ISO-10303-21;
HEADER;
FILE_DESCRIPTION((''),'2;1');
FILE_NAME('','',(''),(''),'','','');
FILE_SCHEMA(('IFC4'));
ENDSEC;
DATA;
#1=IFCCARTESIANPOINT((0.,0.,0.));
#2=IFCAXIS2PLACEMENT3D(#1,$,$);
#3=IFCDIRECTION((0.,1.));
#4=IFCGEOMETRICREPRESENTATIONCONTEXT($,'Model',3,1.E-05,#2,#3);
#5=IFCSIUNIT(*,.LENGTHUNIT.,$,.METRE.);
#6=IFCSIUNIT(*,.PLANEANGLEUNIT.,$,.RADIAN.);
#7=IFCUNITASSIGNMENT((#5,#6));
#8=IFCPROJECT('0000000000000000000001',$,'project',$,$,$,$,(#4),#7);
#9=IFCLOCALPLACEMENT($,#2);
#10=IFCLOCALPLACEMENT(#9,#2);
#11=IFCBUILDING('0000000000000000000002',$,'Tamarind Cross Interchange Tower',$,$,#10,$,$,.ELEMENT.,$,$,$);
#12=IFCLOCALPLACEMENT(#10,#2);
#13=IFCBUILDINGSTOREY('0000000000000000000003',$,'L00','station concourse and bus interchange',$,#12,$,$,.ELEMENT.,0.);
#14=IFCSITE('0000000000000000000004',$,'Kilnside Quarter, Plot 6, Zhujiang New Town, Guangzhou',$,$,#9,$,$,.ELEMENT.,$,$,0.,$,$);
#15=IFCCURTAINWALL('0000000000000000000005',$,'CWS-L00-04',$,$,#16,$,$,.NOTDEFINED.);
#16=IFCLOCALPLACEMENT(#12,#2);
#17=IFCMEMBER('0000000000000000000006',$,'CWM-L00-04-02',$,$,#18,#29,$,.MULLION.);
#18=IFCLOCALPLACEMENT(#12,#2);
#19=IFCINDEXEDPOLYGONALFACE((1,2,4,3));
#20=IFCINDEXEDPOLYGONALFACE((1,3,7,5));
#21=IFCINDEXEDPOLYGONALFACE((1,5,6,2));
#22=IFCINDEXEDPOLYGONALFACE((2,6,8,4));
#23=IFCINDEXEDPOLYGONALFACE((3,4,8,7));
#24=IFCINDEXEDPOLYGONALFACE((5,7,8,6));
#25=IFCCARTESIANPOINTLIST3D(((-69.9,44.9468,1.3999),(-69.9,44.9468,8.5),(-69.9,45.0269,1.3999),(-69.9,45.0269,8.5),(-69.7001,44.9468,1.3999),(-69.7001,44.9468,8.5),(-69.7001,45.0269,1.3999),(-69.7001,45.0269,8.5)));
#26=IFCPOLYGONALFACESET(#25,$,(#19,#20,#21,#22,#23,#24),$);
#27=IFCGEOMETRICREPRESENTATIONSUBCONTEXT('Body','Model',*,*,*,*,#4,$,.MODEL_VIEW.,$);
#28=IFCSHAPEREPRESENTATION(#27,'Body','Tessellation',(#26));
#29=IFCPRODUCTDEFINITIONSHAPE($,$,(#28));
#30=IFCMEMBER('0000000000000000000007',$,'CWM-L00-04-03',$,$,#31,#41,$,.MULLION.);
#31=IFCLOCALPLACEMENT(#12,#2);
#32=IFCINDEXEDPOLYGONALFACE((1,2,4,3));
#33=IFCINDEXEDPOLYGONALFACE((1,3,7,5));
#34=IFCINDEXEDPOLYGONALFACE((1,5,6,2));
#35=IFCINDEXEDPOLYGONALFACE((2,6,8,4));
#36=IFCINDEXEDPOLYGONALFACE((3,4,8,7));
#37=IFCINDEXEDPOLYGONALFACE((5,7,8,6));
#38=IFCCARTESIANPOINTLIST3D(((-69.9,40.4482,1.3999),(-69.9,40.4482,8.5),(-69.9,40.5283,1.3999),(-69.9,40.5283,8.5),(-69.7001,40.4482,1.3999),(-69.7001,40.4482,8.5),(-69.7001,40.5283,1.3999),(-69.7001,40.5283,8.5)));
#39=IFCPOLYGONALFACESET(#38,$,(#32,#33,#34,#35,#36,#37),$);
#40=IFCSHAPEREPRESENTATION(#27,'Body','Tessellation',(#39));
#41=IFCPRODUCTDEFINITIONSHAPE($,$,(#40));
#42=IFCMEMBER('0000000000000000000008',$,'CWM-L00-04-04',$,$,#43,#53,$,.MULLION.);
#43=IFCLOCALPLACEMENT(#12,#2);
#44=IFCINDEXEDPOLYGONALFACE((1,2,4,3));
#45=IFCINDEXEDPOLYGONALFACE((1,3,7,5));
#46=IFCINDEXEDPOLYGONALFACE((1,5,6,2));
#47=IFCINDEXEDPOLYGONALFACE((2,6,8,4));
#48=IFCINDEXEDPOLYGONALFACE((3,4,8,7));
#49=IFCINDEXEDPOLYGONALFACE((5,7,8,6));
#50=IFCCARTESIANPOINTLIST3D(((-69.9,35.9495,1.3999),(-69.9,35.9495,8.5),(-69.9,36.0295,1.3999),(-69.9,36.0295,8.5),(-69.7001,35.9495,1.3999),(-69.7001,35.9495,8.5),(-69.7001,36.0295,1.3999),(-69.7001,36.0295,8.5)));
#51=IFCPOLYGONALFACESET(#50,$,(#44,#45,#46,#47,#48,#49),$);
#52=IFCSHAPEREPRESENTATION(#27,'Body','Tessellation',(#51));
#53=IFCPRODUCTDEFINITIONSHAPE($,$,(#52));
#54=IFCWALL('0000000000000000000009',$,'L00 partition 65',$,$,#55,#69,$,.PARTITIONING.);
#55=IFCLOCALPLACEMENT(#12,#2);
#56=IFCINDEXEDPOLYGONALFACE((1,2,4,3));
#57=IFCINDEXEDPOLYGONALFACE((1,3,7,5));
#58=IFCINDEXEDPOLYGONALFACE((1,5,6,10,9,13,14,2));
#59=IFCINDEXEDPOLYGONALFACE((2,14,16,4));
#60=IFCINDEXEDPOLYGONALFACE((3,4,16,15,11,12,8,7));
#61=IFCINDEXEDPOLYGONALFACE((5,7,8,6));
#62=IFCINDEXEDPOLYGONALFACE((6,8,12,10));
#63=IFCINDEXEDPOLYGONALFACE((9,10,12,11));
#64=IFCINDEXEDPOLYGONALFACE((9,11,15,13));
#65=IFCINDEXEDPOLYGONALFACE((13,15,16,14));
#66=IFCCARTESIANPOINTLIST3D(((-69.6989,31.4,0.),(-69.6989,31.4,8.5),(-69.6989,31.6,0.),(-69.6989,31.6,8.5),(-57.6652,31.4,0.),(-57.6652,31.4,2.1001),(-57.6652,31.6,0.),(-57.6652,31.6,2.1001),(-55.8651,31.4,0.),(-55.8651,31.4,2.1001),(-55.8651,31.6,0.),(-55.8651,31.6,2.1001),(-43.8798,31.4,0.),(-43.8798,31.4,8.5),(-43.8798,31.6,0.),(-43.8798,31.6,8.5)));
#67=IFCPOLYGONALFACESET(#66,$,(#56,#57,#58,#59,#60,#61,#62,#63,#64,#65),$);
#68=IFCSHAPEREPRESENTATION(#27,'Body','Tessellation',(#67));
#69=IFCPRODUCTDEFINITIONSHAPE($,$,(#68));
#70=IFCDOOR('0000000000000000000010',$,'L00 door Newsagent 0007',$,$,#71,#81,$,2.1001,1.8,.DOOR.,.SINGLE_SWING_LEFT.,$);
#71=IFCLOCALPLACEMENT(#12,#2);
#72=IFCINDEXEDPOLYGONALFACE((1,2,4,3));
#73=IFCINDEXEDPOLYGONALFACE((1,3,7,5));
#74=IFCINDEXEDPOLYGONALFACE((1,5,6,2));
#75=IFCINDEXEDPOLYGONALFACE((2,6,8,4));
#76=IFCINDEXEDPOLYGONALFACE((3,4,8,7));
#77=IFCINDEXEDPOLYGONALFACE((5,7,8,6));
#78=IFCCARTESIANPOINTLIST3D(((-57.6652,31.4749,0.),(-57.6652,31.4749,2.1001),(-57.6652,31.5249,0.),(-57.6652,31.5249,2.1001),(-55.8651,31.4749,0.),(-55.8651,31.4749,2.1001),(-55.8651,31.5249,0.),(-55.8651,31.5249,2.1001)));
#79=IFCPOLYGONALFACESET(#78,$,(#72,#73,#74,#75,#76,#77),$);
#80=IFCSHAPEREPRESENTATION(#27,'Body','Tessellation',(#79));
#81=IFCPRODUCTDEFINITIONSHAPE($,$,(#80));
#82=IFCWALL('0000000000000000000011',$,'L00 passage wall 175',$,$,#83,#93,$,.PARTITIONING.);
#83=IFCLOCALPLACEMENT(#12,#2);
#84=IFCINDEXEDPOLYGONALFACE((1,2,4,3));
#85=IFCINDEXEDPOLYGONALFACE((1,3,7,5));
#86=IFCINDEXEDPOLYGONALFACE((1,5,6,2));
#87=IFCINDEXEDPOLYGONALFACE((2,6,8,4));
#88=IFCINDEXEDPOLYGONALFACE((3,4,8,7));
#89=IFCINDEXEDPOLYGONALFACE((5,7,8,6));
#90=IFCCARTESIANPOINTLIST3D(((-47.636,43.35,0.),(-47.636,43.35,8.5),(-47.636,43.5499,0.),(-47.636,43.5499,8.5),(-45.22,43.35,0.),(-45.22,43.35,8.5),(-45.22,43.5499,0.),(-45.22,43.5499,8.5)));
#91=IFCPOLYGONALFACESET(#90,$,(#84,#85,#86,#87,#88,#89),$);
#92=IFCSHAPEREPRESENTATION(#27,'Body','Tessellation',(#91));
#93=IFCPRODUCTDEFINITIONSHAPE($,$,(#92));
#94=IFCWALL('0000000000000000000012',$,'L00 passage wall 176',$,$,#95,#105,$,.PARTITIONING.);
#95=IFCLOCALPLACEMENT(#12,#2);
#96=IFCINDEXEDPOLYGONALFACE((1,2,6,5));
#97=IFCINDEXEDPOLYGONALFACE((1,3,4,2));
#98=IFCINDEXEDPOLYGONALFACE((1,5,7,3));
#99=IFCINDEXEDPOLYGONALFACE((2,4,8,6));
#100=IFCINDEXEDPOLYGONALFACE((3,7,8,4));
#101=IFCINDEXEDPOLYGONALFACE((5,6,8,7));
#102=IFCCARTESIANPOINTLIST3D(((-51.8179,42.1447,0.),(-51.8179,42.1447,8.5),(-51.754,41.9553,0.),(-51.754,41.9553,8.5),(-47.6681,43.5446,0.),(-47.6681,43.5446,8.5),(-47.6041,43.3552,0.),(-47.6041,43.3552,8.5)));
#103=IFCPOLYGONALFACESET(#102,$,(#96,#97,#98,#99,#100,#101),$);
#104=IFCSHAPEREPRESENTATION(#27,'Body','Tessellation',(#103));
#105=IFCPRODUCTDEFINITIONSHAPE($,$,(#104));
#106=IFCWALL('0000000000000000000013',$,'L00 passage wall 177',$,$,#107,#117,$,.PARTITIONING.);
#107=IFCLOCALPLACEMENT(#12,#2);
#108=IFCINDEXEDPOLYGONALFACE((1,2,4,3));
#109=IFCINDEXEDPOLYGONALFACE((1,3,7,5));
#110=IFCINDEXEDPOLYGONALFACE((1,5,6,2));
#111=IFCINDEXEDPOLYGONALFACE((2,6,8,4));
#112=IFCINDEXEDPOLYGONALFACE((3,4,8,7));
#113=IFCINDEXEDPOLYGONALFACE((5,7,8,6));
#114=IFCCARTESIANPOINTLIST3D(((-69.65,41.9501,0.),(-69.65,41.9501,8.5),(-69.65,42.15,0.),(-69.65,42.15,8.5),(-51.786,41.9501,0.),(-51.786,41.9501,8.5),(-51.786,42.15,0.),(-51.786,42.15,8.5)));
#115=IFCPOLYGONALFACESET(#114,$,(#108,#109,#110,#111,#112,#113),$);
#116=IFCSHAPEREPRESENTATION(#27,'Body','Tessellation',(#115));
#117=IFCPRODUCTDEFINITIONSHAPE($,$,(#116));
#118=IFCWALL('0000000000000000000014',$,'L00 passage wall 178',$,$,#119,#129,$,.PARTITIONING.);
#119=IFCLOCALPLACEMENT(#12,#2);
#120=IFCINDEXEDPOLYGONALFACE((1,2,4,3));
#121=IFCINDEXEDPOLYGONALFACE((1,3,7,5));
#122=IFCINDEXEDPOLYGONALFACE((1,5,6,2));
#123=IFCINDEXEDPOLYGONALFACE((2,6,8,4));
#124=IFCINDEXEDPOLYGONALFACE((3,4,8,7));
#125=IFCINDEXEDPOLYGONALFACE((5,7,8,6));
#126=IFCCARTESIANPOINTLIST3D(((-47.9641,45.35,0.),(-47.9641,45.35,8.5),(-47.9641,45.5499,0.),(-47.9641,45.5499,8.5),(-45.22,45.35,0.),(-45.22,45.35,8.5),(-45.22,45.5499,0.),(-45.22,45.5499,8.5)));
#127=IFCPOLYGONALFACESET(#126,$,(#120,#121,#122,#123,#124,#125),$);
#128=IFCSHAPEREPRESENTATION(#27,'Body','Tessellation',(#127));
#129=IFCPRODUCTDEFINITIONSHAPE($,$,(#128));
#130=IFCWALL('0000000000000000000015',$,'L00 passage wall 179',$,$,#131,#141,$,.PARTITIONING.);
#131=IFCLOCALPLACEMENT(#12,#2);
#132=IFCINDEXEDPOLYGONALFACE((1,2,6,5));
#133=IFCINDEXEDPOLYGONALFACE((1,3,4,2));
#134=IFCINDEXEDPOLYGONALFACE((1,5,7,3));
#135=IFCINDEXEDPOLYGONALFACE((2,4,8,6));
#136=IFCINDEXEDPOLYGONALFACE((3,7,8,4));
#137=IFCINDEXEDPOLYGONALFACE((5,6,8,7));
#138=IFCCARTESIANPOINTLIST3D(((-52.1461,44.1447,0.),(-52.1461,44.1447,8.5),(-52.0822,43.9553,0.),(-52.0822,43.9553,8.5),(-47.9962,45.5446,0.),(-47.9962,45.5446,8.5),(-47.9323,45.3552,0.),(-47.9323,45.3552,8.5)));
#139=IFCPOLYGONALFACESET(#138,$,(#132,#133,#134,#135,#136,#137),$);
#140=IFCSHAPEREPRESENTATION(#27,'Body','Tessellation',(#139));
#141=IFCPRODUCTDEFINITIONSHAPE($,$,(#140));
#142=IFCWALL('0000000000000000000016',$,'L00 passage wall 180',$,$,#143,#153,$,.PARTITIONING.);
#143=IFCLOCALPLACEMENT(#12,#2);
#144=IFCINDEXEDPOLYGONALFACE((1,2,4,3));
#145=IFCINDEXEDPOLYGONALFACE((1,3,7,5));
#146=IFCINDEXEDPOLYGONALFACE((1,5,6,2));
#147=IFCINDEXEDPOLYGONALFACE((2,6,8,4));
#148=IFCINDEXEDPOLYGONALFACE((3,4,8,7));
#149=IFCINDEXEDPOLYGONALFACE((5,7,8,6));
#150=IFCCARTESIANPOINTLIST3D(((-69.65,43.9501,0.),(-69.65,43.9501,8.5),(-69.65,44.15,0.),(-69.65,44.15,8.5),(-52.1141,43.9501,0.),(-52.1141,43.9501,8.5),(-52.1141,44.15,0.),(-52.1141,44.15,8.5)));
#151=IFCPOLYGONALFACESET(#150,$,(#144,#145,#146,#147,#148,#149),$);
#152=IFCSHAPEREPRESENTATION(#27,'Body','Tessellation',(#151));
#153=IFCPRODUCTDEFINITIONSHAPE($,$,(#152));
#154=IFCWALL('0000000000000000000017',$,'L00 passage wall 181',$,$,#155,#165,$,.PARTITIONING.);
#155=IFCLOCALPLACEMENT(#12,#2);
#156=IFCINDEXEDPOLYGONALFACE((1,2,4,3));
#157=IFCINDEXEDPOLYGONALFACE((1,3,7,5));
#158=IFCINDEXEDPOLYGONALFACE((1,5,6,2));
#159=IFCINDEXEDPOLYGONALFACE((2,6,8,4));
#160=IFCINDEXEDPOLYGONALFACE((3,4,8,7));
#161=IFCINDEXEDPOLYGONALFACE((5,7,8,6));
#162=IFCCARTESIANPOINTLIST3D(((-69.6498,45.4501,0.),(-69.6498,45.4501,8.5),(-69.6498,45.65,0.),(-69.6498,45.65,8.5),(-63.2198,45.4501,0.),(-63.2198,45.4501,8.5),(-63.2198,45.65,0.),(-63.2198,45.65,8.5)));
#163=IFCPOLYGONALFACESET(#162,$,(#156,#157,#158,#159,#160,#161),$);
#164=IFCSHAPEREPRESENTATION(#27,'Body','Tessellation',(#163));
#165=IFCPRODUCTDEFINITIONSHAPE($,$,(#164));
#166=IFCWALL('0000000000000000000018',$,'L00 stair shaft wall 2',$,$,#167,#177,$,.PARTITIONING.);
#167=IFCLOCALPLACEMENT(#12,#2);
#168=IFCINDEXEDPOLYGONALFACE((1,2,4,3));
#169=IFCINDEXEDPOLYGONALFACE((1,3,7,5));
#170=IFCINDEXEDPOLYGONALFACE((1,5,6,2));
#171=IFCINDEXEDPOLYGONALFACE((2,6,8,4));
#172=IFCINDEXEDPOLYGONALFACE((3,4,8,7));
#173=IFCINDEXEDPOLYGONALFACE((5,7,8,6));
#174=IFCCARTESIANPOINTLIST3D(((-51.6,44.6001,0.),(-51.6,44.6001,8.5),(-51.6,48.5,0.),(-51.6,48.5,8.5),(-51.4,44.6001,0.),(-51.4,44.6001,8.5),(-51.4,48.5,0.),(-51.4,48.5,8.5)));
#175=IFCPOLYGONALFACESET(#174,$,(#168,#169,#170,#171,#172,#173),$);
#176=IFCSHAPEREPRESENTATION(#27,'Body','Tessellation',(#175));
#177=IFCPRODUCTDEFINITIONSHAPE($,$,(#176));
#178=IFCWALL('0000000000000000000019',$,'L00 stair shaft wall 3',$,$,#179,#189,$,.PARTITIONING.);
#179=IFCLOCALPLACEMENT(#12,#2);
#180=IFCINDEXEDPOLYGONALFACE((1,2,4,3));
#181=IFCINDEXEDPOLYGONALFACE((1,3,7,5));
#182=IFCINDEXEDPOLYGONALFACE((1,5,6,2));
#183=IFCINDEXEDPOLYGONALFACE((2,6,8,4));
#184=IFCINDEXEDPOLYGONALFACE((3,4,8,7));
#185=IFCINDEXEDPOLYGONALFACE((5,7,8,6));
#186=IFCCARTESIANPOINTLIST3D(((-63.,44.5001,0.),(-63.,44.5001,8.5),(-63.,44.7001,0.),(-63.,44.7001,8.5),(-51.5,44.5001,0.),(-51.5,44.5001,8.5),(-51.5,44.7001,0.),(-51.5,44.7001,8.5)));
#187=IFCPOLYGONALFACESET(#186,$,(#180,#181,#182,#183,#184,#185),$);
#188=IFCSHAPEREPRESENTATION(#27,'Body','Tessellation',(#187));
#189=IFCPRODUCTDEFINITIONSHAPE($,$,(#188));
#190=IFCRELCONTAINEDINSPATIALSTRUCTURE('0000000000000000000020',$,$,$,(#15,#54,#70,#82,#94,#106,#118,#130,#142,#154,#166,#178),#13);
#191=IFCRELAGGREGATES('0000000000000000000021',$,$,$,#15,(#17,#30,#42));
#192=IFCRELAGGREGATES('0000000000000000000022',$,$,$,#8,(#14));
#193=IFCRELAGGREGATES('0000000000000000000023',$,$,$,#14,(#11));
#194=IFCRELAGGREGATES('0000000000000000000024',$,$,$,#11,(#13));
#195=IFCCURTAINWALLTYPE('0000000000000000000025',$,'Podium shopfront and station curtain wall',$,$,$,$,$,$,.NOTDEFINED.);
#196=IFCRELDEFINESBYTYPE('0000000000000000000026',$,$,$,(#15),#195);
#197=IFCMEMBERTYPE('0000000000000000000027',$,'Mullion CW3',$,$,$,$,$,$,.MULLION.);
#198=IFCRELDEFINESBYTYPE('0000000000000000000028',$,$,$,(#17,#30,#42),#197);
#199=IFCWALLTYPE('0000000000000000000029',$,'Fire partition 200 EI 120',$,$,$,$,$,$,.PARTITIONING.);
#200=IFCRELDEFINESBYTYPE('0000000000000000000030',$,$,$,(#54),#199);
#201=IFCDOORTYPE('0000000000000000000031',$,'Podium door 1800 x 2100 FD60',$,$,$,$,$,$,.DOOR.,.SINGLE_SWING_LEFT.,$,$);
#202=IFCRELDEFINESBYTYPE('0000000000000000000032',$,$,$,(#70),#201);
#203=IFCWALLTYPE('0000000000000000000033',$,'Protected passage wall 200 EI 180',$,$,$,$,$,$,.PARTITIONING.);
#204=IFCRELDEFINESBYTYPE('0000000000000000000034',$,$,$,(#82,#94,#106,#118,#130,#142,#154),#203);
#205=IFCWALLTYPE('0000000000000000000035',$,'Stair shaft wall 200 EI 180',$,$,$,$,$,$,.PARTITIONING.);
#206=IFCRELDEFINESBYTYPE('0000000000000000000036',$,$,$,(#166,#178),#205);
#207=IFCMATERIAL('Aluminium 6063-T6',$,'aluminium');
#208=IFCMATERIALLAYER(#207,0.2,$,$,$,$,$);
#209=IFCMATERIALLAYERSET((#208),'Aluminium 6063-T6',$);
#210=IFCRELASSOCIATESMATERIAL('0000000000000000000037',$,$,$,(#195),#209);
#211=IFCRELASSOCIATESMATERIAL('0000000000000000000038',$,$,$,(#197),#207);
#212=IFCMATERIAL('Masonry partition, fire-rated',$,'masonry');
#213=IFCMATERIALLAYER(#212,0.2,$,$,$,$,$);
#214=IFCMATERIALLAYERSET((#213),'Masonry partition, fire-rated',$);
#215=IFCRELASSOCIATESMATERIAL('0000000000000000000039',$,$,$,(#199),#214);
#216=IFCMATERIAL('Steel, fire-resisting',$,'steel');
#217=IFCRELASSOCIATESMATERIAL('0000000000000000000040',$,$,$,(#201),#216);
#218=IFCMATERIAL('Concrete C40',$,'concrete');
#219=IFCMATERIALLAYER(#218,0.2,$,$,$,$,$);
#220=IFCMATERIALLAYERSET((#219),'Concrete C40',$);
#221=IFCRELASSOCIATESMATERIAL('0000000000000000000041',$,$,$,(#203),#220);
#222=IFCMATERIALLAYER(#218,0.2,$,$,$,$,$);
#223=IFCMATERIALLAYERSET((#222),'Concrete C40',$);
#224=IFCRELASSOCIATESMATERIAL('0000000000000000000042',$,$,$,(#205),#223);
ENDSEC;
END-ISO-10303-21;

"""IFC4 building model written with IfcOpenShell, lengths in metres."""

from ifc_helpers import new_model, si_unit, direction, frame, frame_2d, origin, origin_2d, place, context, subcontext, project, spatial, rectangle, extrude, material, layer, layer_set, material_profile, profile_set, type_object, element, fill, aggregate, save


model = new_model("IFC4")

# Units and contexts
model_context = context("Model", 3, precision=1e-05, world=origin(), true_north=direction((0.0, 1.0)))
body_context = subcontext(model_context, "Body", "Model", "MODEL_VIEW")
ifc_project = project(units=[si_unit("LENGTHUNIT", "METRE"), si_unit("PLANEANGLEUNIT", "RADIAN")], contexts=[model_context])

# Site, building, storey
site_placement = place(None, origin())
site = spatial("IfcSite", under=ifc_project, at=site_placement, Name="Kilnside Quarter, Plot 6, Zhujiang New Town, Guangzhou", CompositionType="ELEMENT", RefElevation=0.0)
building_placement = place(site_placement, origin())
building = spatial("IfcBuilding", under=site, at=building_placement, Name="Tamarind Cross Interchange Tower", CompositionType="ELEMENT")
storey_placement = place(building_placement, origin())
storey = spatial("IfcBuildingStorey", under=building, at=storey_placement, Name="L00", Description="station concourse and bus interchange", CompositionType="ELEMENT", Elevation=0.0)

# Curtain wall, members
ifc_material_1 = material(Name="Aluminium 6063-T6", Category="aluminium")
ifc_layer_1 = layer(ifc_material_1, 0.2)
ifc_layer_set_1 = layer_set([ifc_layer_1], Name="Aluminium 6063-T6")
curtain_wall_type = type_object("IfcCurtainWallType", Name="Podium shopfront and station curtain wall", PredefinedType="NOTDEFINED", material=ifc_layer_set_1)
curtain_wall_placement = place(storey_placement, origin())
curtain_wall = element("IfcCurtainWall", 1, at=curtain_wall_placement, inside=storey, type_object=curtain_wall_type, Name="CWS-L00-04", PredefinedType="NOTDEFINED")
ifc_material_profile = material_profile(ifc_material_1, rectangle(XDim=0.0801, YDim=0.2, at=origin_2d()), Name="Mullion CW3")
ifc_profile_set = profile_set([ifc_material_profile], Name="Aluminium 6063-T6")
member_type = type_object("IfcMemberType", Name="Mullion CW3", PredefinedType="MULLION", material=ifc_profile_set)
member_1_placement = place(storey_placement, frame((-69.8, 44.9868, 1.3999), z_axis=(0.0, 0.0, 1.0), x_axis=(0.0, -1.0, 0.0)))
member_1 = element("IfcMember", 2, at=member_1_placement, type_object=member_type, Name="CWM-L00-04-02", PredefinedType="MULLION", context=body_context, shape_type="SweptSolid", body=[
    extrude(rectangle(XDim=0.0801, YDim=0.2, at=origin_2d()), origin(), (0.0, 0.0, 1.0), 7.1001),
])
member_2_placement = place(storey_placement, frame((-69.8, 40.4883, 1.3999), z_axis=(0.0, 0.0, 1.0), x_axis=(0.0, -1.0, 0.0)))
member_2 = element("IfcMember", 3, at=member_2_placement, type_object=member_type, Name="CWM-L00-04-03", PredefinedType="MULLION", context=body_context, shape_type="SweptSolid", body=[
    extrude(rectangle(XDim=0.0801, YDim=0.2, at=origin_2d()), origin(), (0.0, 0.0, 1.0), 7.1001),
])
member_3_placement = place(storey_placement, frame((-69.8, 35.9895, 1.3999), z_axis=(0.0, 0.0, 1.0), x_axis=(0.0, -1.0, 0.0)))
member_3 = element("IfcMember", 4, at=member_3_placement, type_object=member_type, Name="CWM-L00-04-04", PredefinedType="MULLION", context=body_context, shape_type="SweptSolid", body=[
    extrude(rectangle(XDim=0.0801, YDim=0.2, at=origin_2d()), origin(), (0.0, 0.0, 1.0), 7.1001),
])
aggregate(curtain_wall, [member_1, member_2, member_3])

# Wall, opening, door
ifc_material_2 = material(Name="Masonry partition, fire-rated", Category="masonry")
ifc_layer_2 = layer(ifc_material_2, 0.2)
ifc_layer_set_2 = layer_set([ifc_layer_2], Name="Masonry partition, fire-rated")
wall_type_1 = type_object("IfcWallType", Name="Fire partition 200 EI 120", PredefinedType="PARTITIONING", material=ifc_layer_set_2)
wall_1_placement = place(storey_placement, frame((-69.699, 31.5, 0.0), z_axis=(0.0, 0.0, 1.0), x_axis=(1.0, 0.0, 0.0)))
wall_1 = element("IfcWall", 5, at=wall_1_placement, inside=storey, type_object=wall_type_1, Name="L00 partition 65", PredefinedType="PARTITIONING", context=body_context, shape_type="SweptSolid", body=[
    extrude(rectangle(XDim=25.8191, YDim=0.2, at=frame_2d((12.9097, 0.0))), origin(), (0.0, 0.0, 1.0), 8.5),
])
opening_1_placement = place(wall_1_placement, frame((12.0339, 0.0, 0.0)))
opening_1 = element("IfcOpeningElement", 6, at=opening_1_placement, cuts=wall_1, PredefinedType="OPENING", context=body_context, shape_type="SweptSolid", body=[
    extrude(rectangle(XDim=1.8, YDim=2.1001, at=frame_2d((0.8999, 1.05))), frame((0.0, 0.1099, 0.0), z_axis=(0.0, -1.0, 0.0), x_axis=(1.0, 0.0, 0.0)), (0.0, 0.0, 1.0), 0.22),
])
ifc_material_3 = material(Name="Steel, fire-resisting", Category="steel")
door_type_1 = type_object("IfcDoorType", Name="Podium door 1800 x 2100 FD60", OperationType="SINGLE_SWING_LEFT", PredefinedType="DOOR", material=ifc_material_3)
door_1_placement = place(opening_1_placement, origin())
door_1 = element("IfcDoor", 7, at=door_1_placement, inside=storey, type_object=door_type_1, Name="L00 door Newsagent 0007", OperationType="SINGLE_SWING_LEFT", OverallHeight=2.1001, OverallWidth=1.8, PredefinedType="DOOR", context=body_context, shape_type="SweptSolid", body=[
    extrude(rectangle(XDim=1.8, YDim=2.1001, at=frame_2d((0.8999, 1.05))), frame((0.0, 0.0249, 0.0), z_axis=(0.0, -1.0, 0.0), x_axis=(1.0, 0.0, 0.0)), (0.0, 0.0, 1.0), 0.05),
])
fill(opening_1, door_1)

# Walls
ifc_material_4 = material(Name="Concrete C40", Category="concrete")
ifc_layer_3 = layer(ifc_material_4, 0.2)
ifc_layer_set_3 = layer_set([ifc_layer_3], Name="Concrete C40")
wall_type_2 = type_object("IfcWallType", Name="Protected passage wall 200 EI 180", PredefinedType="PARTITIONING", material=ifc_layer_set_3)
wall_2_placement = place(storey_placement, frame((-45.22, 43.45, 0.0), z_axis=(0.0, 0.0, 1.0), x_axis=(-1.0, 0.0, 0.0)))
element("IfcWall", 8, at=wall_2_placement, inside=storey, type_object=wall_type_2, Name="L00 passage wall 175", PredefinedType="PARTITIONING", context=body_context, shape_type="SweptSolid", body=[
    extrude(rectangle(XDim=2.416, YDim=0.2, at=frame_2d((1.208, 0.0))), origin(), (0.0, 0.0, 1.0), 8.5),
])
wall_3_placement = place(storey_placement, frame((-47.636, 43.45, 0.0), z_axis=(0.0, 0.0, 1.0), x_axis=(-0.94754, -0.319637, 0.0)))
element("IfcWall", 9, at=wall_3_placement, inside=storey, type_object=wall_type_2, Name="L00 passage wall 176", PredefinedType="PARTITIONING", context=body_context, shape_type="SweptSolid", body=[
    extrude(rectangle(XDim=4.3796, YDim=0.2, at=frame_2d((2.1899, 0.0))), origin(), (0.0, 0.0, 1.0), 8.5),
])
wall_4_placement = place(storey_placement, frame((-51.7859, 42.05, 0.0), z_axis=(0.0, 0.0, 1.0), x_axis=(-1.0, 0.0, 0.0)))
element("IfcWall", 10, at=wall_4_placement, inside=storey, type_object=wall_type_2, Name="L00 passage wall 177", PredefinedType="PARTITIONING", context=body_context, shape_type="SweptSolid", body=[
    extrude(rectangle(XDim=17.864, YDim=0.2, at=frame_2d((8.9321, 0.0))), origin(), (0.0, 0.0, 1.0), 8.5),
])
wall_5_placement = place(storey_placement, frame((-45.22, 45.45, 0.0), z_axis=(0.0, 0.0, 1.0), x_axis=(-1.0, 0.0, 0.0)))
element("IfcWall", 11, at=wall_5_placement, inside=storey, type_object=wall_type_2, Name="L00 passage wall 178", PredefinedType="PARTITIONING", context=body_context, shape_type="SweptSolid", body=[
    extrude(rectangle(XDim=2.7441, YDim=0.2, at=frame_2d((1.3721, 0.0))), origin(), (0.0, 0.0, 1.0), 8.5),
])
wall_6_placement = place(storey_placement, frame((-47.9641, 45.45, 0.0), z_axis=(0.0, 0.0, 1.0), x_axis=(-0.94754, -0.319637, 0.0)))
element("IfcWall", 12, at=wall_6_placement, inside=storey, type_object=wall_type_2, Name="L00 passage wall 179", PredefinedType="PARTITIONING", context=body_context, shape_type="SweptSolid", body=[
    extrude(rectangle(XDim=4.3796, YDim=0.2, at=frame_2d((2.1899, 0.0))), origin(), (0.0, 0.0, 1.0), 8.5),
])
wall_7_placement = place(storey_placement, frame((-52.114, 44.05, 0.0), z_axis=(0.0, 0.0, 1.0), x_axis=(-1.0, 0.0, 0.0)))
element("IfcWall", 13, at=wall_7_placement, inside=storey, type_object=wall_type_2, Name="L00 passage wall 180", PredefinedType="PARTITIONING", context=body_context, shape_type="SweptSolid", body=[
    extrude(rectangle(XDim=17.5359, YDim=0.2, at=frame_2d((8.7681, 0.0))), origin(), (0.0, 0.0, 1.0), 8.5),
])
wall_8_placement = place(storey_placement, frame((-63.22, 45.55, 0.0), z_axis=(0.0, 0.0, 1.0), x_axis=(-1.0, 0.0, 0.0)))
element("IfcWall", 14, at=wall_8_placement, inside=storey, type_object=wall_type_2, Name="L00 passage wall 181", PredefinedType="PARTITIONING", context=body_context, shape_type="SweptSolid", body=[
    extrude(rectangle(XDim=6.4299, YDim=0.2, at=frame_2d((3.2148, 0.0))), origin(), (0.0, 0.0, 1.0), 8.5),
])
ifc_layer_4 = layer(ifc_material_4, 0.2)
ifc_layer_set_4 = layer_set([ifc_layer_4], Name="Concrete C40")
wall_type_3 = type_object("IfcWallType", Name="Stair shaft wall 200 EI 180", PredefinedType="PARTITIONING", material=ifc_layer_set_4)
wall_9_placement = place(storey_placement, frame((-51.5, 44.6001, 0.0), z_axis=(0.0, 0.0, 1.0), x_axis=(0.0, 1.0, 0.0)))
element("IfcWall", 15, at=wall_9_placement, inside=storey, type_object=wall_type_3, Name="L00 stair shaft wall 2", PredefinedType="PARTITIONING", context=body_context, shape_type="SweptSolid", body=[
    extrude(rectangle(XDim=3.8999, YDim=0.2, at=frame_2d((1.95, 0.0))), origin(), (0.0, 0.0, 1.0), 8.5),
])
wall_10_placement = place(storey_placement, frame((-63.0, 44.6001, 0.0), z_axis=(0.0, 0.0, 1.0), x_axis=(1.0, 0.0, 0.0)))
element("IfcWall", 16, at=wall_10_placement, inside=storey, type_object=wall_type_3, Name="L00 stair shaft wall 3", PredefinedType="PARTITIONING", context=body_context, shape_type="SweptSolid", body=[
    extrude(rectangle(XDim=11.5, YDim=0.2, at=frame_2d((5.75, 0.0))), origin(), (0.0, 0.0, 1.0), 8.5),
])

save(model, "model.ifc")
